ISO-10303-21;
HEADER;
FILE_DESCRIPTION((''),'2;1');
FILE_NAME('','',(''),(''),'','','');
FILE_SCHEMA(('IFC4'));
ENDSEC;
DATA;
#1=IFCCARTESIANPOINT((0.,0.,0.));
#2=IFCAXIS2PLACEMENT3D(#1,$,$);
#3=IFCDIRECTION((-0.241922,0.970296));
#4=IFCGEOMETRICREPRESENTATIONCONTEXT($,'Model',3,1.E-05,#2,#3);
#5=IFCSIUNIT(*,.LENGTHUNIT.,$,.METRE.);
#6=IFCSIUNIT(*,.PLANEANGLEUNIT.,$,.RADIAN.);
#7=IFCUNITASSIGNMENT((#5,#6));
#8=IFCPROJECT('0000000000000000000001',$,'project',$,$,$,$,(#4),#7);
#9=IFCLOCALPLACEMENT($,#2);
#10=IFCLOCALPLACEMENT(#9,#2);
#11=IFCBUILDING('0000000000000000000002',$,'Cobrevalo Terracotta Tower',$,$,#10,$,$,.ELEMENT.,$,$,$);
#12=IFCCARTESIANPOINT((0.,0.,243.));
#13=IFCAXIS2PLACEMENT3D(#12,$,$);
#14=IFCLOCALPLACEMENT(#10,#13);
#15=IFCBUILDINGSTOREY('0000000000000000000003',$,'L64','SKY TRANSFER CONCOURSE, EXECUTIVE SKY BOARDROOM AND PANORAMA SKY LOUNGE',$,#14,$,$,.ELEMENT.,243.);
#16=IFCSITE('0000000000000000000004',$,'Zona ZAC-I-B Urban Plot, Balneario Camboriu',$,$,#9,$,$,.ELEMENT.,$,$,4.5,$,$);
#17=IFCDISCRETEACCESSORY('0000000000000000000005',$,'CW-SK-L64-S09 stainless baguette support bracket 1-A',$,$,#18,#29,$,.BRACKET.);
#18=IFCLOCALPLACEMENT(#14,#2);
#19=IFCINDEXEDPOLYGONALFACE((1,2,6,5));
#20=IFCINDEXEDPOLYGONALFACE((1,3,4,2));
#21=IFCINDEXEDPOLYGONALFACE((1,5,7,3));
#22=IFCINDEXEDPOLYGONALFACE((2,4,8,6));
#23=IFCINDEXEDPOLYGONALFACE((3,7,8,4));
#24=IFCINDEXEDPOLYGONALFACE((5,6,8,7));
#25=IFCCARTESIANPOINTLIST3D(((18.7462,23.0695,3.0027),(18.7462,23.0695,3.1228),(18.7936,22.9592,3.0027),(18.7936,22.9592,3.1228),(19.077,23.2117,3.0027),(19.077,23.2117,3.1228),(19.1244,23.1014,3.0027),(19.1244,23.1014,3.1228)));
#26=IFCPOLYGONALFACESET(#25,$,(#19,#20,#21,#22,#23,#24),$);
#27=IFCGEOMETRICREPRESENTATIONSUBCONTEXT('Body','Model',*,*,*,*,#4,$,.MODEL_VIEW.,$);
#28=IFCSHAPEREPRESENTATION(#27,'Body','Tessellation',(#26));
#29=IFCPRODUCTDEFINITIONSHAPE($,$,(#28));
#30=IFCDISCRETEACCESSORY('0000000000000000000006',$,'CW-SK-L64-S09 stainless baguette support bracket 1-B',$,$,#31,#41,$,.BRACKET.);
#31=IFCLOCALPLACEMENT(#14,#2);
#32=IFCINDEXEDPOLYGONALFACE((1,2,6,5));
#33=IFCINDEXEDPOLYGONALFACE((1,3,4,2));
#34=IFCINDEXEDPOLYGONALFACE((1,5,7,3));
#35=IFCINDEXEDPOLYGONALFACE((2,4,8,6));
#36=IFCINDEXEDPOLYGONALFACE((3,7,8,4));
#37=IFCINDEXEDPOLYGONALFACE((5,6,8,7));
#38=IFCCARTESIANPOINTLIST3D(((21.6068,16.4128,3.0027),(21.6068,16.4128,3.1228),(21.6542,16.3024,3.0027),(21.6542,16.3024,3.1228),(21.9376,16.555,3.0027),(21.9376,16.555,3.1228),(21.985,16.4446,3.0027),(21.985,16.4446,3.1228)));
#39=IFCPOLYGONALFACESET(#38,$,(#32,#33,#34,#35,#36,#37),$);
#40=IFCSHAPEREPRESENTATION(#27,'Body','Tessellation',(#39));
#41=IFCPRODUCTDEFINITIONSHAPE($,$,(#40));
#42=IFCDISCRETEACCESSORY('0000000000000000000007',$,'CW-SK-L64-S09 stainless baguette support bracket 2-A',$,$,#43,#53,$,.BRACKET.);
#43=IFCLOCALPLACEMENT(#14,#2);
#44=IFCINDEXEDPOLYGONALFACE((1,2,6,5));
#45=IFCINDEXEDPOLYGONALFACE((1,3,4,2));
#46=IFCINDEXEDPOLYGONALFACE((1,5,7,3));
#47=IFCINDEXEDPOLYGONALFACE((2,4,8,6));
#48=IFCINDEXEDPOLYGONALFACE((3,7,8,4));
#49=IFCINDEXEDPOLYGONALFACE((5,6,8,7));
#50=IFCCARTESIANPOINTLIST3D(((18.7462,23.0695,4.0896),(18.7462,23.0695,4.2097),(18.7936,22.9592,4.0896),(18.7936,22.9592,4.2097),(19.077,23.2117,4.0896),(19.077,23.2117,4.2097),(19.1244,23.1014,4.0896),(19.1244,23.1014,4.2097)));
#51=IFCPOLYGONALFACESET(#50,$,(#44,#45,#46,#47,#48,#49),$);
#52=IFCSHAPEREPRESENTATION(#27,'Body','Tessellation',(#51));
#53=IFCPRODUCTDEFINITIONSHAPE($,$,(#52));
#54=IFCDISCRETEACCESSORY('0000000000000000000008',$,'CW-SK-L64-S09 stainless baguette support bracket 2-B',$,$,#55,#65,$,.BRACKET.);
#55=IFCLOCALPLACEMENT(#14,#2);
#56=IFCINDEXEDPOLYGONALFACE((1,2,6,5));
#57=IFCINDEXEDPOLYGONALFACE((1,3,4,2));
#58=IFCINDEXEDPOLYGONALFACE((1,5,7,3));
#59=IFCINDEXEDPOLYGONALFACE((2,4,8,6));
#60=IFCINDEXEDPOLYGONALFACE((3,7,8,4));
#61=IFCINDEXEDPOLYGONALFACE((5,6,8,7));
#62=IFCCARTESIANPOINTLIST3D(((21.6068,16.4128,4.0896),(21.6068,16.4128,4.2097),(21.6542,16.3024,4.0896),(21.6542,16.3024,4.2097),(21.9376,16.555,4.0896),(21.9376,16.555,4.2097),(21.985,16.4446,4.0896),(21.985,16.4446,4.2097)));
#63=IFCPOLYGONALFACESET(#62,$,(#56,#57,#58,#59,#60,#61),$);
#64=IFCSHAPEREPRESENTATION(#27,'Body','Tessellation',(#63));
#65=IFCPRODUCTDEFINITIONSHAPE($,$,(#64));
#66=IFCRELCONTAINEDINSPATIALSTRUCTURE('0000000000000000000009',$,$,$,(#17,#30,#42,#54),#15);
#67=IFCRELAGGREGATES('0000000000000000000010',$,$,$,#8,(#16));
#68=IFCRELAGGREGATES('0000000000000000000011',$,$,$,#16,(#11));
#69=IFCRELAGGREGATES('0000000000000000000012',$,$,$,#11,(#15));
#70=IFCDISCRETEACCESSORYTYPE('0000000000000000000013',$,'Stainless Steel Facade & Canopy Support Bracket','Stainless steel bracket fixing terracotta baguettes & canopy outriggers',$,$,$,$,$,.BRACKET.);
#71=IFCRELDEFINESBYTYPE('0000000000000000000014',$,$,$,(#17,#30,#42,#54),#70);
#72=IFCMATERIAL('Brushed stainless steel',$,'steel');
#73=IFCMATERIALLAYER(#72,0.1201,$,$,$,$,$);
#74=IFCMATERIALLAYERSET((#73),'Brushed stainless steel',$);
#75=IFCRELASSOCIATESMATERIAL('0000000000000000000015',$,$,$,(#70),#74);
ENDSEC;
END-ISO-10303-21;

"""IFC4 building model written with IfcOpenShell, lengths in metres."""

from ifc_helpers import new_model, si_unit, direction, frame, origin, origin_2d, place, context, subcontext, project, spatial, rectangle, extrude, source, transform, mapped, material, layer, layer_set, type_object, element, save


model = new_model("IFC4")

# Units and contexts
model_context = context("Model", 3, precision=1e-05, world=origin(), true_north=direction((-0.241922, 0.970296)))
body_context = subcontext(model_context, "Body", "Model", "MODEL_VIEW")
ifc_project = project(units=[si_unit("LENGTHUNIT", "METRE"), si_unit("PLANEANGLEUNIT", "RADIAN")], contexts=[model_context])

# Site, building, storey
site_placement = place(None, origin())
site = spatial("IfcSite", under=ifc_project, at=site_placement, Name="Zona ZAC-I-B Urban Plot, Balneario Camboriu", CompositionType="ELEMENT", RefElevation=4.5)
building_placement = place(site_placement, origin())
building = spatial("IfcBuilding", under=site, at=building_placement, Name="Cobrevalo Terracotta Tower", CompositionType="ELEMENT")
storey_placement = place(building_placement, frame((0.0, 0.0, 243.0)))
storey = spatial("IfcBuildingStorey", under=building, at=storey_placement, Name="L64", Description="SKY TRANSFER CONCOURSE, EXECUTIVE SKY BOARDROOM AND PANORAMA SKY LOUNGE", CompositionType="ELEMENT", Elevation=243.0)

# Discrete accessories
ifc_material_1 = material(Name="Brushed stainless steel", Category="steel")
ifc_layer_1 = layer(ifc_material_1, 0.1201)
ifc_layer_set_1 = layer_set([ifc_layer_1], Name="Brushed stainless steel")
discrete_accessory_type = type_object("IfcDiscreteAccessoryType", Name="Stainless Steel Facade & Canopy Support Bracket", Description="Stainless steel bracket fixing terracotta baguettes & canopy outriggers", PredefinedType="BRACKET", material=ifc_layer_set_1)
shared_shape_1 = source(origin(), body_context, "Body", "SweptSolid", [
    extrude(rectangle(XDim=0.1201, YDim=0.3601, at=origin_2d()), origin(), (0.0, 0.0, 1.0), 0.1201),
])
for number, where, z_axis, x_axis, name in (
    (1, (18.9353, 23.0854, 3.0027), (0.0, 0.0, 1.0), (0.394829, -0.918755, 0.0), "CW-SK-L64-S09 stainless baguette support bracket 1-A"),
    (2, (21.7959, 16.4287, 3.0027), (0.0, 0.0, 1.0), (0.394829, -0.918755, 0.0), "CW-SK-L64-S09 stainless baguette support bracket 1-B"),
    (3, (18.9353, 23.0854, 4.0896), (0.0, 0.0, 1.0), (0.394829, -0.918755, 0.0), "CW-SK-L64-S09 stainless baguette support bracket 2-A"),
    (4, (21.7959, 16.4287, 4.0896), (0.0, 0.0, 1.0), (0.394829, -0.918755, 0.0), "CW-SK-L64-S09 stainless baguette support bracket 2-B"),
):
    element("IfcDiscreteAccessory", number, at=place(storey_placement, frame(where, z_axis=z_axis, x_axis=x_axis)), inside=storey, type_object=discrete_accessory_type, Name=name, PredefinedType="BRACKET", context=body_context, shape_type="MappedRepresentation", body=[
        mapped(shared_shape_1, transform((0.0, 0.0, 0.0), scale=1.0)),
    ])

save(model, "model.ifc")
